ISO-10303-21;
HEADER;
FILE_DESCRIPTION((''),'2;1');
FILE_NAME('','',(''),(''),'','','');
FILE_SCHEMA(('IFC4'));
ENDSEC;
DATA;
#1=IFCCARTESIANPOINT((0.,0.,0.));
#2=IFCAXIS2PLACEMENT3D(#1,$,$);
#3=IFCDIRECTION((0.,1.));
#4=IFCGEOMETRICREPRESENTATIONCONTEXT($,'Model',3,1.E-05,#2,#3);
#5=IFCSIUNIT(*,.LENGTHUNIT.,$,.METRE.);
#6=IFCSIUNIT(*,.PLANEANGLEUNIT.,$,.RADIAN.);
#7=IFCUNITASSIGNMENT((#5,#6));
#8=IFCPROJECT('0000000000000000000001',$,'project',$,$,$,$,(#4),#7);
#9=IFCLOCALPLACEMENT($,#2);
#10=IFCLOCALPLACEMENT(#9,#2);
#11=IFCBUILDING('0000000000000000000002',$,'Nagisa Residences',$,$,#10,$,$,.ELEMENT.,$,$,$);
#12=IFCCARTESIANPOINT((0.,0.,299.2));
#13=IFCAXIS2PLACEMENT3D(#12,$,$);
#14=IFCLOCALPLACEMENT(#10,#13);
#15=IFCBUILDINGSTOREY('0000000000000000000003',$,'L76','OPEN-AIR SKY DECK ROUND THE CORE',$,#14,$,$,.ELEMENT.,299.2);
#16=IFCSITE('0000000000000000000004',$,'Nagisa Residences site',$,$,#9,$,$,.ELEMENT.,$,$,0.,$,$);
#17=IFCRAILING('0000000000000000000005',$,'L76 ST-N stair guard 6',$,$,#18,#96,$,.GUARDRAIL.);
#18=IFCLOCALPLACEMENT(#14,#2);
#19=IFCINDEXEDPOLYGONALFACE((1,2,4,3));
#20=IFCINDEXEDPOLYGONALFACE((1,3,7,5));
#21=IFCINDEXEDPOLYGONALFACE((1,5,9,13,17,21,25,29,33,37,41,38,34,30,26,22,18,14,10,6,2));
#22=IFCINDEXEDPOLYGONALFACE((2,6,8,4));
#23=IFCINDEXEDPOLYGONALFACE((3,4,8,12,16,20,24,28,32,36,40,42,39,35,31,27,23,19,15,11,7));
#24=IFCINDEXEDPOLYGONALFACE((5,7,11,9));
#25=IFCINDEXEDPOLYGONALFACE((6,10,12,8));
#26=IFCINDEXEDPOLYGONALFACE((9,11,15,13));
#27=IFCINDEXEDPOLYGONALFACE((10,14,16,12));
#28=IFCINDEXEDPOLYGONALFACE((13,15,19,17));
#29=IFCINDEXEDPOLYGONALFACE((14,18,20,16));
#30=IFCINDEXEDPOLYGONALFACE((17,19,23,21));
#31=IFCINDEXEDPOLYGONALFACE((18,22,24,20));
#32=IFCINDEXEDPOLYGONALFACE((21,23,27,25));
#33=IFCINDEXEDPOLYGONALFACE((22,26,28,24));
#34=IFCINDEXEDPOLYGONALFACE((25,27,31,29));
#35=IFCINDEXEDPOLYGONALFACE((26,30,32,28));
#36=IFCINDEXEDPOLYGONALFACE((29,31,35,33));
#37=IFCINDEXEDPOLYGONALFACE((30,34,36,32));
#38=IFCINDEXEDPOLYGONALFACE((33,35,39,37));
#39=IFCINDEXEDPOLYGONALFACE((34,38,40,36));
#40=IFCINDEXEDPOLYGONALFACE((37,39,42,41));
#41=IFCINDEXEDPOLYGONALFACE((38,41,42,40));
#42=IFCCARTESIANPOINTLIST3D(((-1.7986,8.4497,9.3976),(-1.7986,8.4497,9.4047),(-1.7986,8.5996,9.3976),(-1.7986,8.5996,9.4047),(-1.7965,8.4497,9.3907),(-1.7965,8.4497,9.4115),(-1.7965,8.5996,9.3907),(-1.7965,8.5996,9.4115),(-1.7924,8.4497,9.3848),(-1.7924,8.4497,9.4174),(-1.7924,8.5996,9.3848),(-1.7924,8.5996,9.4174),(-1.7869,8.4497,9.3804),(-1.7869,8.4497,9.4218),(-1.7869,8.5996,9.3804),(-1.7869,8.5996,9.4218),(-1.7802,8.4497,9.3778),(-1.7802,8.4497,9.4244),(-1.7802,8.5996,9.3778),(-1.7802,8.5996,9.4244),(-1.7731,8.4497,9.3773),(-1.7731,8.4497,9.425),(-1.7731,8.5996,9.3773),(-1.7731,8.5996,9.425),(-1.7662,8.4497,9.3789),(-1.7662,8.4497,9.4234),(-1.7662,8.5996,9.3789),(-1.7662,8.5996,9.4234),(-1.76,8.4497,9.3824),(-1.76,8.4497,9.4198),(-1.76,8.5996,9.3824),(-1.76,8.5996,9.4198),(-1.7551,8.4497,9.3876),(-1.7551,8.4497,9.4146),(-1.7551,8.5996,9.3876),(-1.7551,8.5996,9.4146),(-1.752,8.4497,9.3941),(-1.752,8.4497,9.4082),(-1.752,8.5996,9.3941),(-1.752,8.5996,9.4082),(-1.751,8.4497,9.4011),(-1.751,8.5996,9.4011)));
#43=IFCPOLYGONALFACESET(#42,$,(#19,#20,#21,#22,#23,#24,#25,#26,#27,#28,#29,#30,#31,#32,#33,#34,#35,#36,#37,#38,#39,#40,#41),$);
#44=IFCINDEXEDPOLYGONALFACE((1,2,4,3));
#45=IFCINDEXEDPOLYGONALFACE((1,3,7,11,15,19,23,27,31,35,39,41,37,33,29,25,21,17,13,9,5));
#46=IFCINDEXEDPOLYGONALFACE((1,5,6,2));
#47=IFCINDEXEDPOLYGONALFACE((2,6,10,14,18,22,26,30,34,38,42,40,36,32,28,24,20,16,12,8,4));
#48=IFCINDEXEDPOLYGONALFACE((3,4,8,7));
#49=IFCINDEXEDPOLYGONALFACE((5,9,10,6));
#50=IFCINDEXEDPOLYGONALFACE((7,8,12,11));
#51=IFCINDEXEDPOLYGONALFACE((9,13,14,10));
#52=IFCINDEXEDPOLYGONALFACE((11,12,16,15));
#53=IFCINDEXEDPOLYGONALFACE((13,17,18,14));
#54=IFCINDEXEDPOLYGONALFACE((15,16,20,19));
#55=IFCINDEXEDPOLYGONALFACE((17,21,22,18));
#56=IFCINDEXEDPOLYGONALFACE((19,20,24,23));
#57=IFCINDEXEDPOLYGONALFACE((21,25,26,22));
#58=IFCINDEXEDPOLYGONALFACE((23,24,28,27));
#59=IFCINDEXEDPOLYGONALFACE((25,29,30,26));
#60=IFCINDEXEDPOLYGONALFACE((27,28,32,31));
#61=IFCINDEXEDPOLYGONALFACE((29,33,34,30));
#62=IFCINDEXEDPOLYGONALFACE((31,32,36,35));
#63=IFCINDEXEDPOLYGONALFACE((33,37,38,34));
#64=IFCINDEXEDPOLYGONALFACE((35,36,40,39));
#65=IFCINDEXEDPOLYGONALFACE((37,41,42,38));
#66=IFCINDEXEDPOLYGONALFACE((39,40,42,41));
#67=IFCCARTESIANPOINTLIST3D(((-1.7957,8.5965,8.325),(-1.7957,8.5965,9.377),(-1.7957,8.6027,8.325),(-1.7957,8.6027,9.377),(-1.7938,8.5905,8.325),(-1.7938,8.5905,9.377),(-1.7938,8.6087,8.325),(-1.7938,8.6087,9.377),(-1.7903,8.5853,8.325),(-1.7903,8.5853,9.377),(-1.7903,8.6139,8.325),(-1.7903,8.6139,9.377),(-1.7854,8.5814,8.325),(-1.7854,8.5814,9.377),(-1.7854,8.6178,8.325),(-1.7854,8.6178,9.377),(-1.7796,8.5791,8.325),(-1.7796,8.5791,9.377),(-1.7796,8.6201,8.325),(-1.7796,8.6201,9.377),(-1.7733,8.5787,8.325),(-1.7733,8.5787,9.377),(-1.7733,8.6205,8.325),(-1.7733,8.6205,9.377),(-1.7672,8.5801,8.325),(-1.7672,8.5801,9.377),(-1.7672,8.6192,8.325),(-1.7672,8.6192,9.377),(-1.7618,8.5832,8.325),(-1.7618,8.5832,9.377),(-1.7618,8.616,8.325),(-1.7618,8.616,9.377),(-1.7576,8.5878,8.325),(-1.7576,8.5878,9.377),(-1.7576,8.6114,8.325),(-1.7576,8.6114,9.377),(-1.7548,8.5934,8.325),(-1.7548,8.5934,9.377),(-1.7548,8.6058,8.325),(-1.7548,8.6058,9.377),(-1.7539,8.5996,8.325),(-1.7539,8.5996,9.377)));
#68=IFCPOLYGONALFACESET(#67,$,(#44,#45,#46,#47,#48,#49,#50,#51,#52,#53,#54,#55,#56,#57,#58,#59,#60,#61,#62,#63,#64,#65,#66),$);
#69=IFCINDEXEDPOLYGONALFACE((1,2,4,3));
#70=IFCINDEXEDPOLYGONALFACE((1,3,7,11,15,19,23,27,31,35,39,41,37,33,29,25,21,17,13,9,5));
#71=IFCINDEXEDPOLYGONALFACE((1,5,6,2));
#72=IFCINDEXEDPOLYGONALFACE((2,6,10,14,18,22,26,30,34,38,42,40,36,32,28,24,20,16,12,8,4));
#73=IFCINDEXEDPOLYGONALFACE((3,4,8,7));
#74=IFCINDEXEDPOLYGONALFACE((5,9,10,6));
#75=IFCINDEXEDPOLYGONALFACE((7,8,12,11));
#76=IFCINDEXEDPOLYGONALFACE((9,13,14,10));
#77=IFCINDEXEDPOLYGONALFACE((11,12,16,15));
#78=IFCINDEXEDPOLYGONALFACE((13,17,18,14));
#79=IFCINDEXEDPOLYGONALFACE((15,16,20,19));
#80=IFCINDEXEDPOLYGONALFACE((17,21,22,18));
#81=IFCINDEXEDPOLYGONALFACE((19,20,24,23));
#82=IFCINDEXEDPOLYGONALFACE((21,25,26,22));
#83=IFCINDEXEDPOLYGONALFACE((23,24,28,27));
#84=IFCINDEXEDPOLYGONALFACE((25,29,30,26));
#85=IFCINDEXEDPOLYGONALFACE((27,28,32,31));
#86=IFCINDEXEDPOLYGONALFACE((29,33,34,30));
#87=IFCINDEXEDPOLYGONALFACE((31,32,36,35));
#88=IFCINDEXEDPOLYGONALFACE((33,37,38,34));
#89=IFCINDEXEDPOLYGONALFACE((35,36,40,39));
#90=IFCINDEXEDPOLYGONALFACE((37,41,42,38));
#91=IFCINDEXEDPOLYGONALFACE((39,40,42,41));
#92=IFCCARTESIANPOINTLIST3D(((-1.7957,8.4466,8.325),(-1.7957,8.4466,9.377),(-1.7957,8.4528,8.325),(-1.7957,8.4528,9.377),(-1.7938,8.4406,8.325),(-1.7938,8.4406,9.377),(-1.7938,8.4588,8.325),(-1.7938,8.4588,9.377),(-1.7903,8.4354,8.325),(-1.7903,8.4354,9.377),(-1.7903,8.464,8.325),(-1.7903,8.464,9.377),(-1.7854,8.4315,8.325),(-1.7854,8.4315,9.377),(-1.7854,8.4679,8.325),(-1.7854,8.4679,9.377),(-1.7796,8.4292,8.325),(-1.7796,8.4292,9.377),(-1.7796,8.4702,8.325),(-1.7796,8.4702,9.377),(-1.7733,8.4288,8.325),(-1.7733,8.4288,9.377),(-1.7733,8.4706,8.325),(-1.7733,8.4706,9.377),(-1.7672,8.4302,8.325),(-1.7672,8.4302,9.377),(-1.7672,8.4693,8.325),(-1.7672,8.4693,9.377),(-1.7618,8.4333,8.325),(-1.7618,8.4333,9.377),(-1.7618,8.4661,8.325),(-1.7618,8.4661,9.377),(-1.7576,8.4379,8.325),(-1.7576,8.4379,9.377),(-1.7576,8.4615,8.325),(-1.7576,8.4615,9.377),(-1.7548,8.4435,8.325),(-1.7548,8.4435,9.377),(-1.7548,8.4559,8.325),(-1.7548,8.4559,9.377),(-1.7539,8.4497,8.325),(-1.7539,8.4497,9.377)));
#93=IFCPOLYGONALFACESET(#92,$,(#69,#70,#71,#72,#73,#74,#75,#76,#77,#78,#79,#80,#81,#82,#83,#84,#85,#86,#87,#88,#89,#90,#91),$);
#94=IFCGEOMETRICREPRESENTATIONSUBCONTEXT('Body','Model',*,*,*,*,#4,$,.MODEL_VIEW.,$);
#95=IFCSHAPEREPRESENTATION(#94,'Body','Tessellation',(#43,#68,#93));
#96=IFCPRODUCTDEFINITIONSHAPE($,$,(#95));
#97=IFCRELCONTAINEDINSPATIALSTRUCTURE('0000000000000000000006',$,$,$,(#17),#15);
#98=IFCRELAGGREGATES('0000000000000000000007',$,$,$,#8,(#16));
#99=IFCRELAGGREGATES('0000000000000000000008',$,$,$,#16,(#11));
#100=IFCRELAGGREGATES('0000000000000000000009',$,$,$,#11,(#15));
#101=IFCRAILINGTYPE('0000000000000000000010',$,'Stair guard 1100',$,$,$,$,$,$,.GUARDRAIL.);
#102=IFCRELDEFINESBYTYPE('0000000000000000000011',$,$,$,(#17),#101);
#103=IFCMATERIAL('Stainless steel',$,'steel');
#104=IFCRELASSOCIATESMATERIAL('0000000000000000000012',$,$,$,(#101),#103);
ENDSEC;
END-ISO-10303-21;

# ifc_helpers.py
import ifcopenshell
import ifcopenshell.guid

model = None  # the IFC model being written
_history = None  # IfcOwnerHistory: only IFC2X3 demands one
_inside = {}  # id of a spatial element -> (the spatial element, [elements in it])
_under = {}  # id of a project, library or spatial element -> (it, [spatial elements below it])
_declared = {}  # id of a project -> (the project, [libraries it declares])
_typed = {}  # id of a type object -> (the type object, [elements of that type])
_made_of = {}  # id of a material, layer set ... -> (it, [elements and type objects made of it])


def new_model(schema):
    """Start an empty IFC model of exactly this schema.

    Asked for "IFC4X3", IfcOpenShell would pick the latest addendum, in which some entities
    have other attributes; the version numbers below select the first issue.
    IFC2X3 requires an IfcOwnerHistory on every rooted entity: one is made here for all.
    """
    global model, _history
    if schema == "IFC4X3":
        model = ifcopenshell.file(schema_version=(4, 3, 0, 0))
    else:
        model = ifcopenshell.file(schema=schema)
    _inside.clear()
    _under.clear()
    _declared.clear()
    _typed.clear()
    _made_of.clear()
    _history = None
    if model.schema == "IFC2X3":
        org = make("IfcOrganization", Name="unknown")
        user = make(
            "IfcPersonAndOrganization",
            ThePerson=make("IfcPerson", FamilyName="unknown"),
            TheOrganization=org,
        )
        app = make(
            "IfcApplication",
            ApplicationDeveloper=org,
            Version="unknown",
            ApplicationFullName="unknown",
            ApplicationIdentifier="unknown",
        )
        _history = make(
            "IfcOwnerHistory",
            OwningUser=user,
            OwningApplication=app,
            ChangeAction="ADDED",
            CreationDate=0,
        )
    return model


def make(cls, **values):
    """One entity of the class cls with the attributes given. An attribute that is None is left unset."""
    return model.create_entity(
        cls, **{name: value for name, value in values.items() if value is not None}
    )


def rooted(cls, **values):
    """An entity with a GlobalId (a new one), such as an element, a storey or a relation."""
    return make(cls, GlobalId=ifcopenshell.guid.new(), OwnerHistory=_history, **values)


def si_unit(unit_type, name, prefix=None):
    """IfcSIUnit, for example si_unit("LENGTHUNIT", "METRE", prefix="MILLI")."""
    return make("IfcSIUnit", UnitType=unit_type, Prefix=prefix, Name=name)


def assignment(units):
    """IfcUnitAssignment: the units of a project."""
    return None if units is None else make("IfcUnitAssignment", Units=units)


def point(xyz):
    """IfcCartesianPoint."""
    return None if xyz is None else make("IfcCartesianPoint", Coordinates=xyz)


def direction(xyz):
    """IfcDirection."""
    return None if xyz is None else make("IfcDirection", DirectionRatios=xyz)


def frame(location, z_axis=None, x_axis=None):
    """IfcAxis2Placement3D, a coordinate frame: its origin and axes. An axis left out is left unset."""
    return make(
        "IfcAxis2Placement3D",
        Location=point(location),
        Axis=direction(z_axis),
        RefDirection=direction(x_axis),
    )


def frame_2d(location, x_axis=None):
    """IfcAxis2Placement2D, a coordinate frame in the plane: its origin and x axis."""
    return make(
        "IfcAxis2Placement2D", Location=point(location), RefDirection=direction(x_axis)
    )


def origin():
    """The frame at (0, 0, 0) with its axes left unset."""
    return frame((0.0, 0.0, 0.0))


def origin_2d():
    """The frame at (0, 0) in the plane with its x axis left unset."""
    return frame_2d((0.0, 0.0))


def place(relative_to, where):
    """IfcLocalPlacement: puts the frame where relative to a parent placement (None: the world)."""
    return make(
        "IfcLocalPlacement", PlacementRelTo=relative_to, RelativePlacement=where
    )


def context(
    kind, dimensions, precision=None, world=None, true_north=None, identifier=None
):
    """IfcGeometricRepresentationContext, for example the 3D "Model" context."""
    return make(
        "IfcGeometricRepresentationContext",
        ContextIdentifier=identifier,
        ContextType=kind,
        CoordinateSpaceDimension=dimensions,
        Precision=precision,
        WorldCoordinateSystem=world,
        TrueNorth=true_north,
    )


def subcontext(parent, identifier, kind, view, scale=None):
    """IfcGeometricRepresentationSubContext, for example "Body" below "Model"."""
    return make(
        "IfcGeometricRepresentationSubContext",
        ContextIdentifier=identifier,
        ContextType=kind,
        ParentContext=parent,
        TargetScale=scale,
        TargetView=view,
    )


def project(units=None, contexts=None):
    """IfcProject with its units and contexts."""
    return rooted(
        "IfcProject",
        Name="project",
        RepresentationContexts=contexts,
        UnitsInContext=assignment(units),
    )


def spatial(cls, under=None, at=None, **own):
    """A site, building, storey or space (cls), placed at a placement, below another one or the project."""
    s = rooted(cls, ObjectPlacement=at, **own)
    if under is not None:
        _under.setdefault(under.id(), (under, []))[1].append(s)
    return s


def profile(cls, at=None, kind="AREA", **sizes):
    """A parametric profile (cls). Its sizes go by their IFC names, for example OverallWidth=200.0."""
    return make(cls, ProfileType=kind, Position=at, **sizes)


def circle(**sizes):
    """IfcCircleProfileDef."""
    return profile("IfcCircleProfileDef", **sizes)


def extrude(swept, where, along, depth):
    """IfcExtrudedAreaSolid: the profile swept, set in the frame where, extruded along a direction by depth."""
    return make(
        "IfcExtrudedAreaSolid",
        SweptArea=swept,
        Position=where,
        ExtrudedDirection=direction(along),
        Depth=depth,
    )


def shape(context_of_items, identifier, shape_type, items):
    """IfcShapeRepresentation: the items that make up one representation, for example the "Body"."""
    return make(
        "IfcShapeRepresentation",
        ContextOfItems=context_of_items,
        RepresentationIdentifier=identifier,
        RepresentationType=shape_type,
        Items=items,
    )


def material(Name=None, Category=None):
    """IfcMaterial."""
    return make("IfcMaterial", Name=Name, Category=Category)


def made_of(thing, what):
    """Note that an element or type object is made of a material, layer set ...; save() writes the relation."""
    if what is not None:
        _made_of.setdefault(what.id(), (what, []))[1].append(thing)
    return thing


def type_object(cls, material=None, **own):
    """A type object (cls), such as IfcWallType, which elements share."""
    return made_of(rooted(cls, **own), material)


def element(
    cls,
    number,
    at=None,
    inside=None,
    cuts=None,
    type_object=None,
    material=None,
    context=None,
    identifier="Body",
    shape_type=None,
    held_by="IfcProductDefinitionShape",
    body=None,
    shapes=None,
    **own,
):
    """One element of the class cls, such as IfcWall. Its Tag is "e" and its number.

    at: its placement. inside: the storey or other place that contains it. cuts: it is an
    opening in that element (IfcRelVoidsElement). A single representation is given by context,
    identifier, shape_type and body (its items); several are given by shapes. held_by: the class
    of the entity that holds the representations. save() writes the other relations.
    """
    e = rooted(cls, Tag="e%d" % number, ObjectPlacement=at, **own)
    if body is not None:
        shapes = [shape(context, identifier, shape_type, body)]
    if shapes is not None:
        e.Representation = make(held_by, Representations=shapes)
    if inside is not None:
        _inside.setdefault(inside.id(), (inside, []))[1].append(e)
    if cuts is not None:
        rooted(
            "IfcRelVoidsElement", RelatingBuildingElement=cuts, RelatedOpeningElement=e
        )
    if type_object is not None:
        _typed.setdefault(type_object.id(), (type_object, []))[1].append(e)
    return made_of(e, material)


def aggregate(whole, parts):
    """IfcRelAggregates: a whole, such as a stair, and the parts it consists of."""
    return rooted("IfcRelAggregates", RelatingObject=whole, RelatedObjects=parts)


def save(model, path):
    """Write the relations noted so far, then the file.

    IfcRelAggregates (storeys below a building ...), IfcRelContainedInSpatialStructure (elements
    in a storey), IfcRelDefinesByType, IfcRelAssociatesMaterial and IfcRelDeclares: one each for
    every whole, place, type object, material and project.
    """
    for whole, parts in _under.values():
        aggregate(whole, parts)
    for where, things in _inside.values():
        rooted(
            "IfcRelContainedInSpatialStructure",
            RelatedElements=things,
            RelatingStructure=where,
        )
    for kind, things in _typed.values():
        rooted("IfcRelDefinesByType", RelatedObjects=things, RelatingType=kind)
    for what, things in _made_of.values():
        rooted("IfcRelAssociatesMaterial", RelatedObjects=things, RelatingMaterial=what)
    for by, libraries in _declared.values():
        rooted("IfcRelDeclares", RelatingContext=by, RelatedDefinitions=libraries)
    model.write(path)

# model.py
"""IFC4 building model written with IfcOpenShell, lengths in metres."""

from ifc_helpers import new_model, si_unit, direction, frame, origin, origin_2d, place, context, subcontext, project, spatial, circle, extrude, material, type_object, element, save


model = new_model("IFC4")

# Units and contexts
model_context = context("Model", 3, precision=1e-05, world=origin(), true_north=direction((0.0, 1.0)))
body_context = subcontext(model_context, "Body", "Model", "MODEL_VIEW")
ifc_project = project(units=[si_unit("LENGTHUNIT", "METRE"), si_unit("PLANEANGLEUNIT", "RADIAN")], contexts=[model_context])

# Site, building, storey
site_placement = place(None, origin())
site = spatial("IfcSite", under=ifc_project, at=site_placement, Name="Nagisa Residences site", CompositionType="ELEMENT", RefElevation=0.0)
building_placement = place(site_placement, origin())
building = spatial("IfcBuilding", under=site, at=building_placement, Name="Nagisa Residences", CompositionType="ELEMENT")
storey_placement = place(building_placement, frame((0.0, 0.0, 299.2)))
storey = spatial("IfcBuildingStorey", under=building, at=storey_placement, Name="L76", Description="OPEN-AIR SKY DECK ROUND THE CORE", CompositionType="ELEMENT", Elevation=299.2)

# Railing
ifc_material_1 = material(Name="Stainless steel", Category="steel")
railing_type_1 = type_object("IfcRailingType", Name="Stair guard 1100", PredefinedType="GUARDRAIL", material=ifc_material_1)
railing_1_placement = place(storey_placement, frame((-1.7749, 8.5996, 8.325)))
element("IfcRailing", 1, at=railing_1_placement, inside=storey, type_object=railing_type_1, Name="L76 ST-N stair guard 6", PredefinedType="GUARDRAIL", context=body_context, shape_type="SweptSolid", body=[
    extrude(circle(Radius=0.0239, at=origin_2d()), frame((0.0, 0.0, 1.0762), z_axis=(0.0, -1.0, 0.0), x_axis=(1.0, 0.0, 0.0)), (0.0, 0.0, 1.0), 0.1499),
    extrude(circle(Radius=0.021, at=origin_2d()), origin(), (0.0, 0.0, 1.0), 1.052),
    extrude(circle(Radius=0.021, at=origin_2d()), frame((0.0, -0.1499, 0.0)), (0.0, 0.0, 1.0), 1.052),
])

save(model, "model.ifc")
